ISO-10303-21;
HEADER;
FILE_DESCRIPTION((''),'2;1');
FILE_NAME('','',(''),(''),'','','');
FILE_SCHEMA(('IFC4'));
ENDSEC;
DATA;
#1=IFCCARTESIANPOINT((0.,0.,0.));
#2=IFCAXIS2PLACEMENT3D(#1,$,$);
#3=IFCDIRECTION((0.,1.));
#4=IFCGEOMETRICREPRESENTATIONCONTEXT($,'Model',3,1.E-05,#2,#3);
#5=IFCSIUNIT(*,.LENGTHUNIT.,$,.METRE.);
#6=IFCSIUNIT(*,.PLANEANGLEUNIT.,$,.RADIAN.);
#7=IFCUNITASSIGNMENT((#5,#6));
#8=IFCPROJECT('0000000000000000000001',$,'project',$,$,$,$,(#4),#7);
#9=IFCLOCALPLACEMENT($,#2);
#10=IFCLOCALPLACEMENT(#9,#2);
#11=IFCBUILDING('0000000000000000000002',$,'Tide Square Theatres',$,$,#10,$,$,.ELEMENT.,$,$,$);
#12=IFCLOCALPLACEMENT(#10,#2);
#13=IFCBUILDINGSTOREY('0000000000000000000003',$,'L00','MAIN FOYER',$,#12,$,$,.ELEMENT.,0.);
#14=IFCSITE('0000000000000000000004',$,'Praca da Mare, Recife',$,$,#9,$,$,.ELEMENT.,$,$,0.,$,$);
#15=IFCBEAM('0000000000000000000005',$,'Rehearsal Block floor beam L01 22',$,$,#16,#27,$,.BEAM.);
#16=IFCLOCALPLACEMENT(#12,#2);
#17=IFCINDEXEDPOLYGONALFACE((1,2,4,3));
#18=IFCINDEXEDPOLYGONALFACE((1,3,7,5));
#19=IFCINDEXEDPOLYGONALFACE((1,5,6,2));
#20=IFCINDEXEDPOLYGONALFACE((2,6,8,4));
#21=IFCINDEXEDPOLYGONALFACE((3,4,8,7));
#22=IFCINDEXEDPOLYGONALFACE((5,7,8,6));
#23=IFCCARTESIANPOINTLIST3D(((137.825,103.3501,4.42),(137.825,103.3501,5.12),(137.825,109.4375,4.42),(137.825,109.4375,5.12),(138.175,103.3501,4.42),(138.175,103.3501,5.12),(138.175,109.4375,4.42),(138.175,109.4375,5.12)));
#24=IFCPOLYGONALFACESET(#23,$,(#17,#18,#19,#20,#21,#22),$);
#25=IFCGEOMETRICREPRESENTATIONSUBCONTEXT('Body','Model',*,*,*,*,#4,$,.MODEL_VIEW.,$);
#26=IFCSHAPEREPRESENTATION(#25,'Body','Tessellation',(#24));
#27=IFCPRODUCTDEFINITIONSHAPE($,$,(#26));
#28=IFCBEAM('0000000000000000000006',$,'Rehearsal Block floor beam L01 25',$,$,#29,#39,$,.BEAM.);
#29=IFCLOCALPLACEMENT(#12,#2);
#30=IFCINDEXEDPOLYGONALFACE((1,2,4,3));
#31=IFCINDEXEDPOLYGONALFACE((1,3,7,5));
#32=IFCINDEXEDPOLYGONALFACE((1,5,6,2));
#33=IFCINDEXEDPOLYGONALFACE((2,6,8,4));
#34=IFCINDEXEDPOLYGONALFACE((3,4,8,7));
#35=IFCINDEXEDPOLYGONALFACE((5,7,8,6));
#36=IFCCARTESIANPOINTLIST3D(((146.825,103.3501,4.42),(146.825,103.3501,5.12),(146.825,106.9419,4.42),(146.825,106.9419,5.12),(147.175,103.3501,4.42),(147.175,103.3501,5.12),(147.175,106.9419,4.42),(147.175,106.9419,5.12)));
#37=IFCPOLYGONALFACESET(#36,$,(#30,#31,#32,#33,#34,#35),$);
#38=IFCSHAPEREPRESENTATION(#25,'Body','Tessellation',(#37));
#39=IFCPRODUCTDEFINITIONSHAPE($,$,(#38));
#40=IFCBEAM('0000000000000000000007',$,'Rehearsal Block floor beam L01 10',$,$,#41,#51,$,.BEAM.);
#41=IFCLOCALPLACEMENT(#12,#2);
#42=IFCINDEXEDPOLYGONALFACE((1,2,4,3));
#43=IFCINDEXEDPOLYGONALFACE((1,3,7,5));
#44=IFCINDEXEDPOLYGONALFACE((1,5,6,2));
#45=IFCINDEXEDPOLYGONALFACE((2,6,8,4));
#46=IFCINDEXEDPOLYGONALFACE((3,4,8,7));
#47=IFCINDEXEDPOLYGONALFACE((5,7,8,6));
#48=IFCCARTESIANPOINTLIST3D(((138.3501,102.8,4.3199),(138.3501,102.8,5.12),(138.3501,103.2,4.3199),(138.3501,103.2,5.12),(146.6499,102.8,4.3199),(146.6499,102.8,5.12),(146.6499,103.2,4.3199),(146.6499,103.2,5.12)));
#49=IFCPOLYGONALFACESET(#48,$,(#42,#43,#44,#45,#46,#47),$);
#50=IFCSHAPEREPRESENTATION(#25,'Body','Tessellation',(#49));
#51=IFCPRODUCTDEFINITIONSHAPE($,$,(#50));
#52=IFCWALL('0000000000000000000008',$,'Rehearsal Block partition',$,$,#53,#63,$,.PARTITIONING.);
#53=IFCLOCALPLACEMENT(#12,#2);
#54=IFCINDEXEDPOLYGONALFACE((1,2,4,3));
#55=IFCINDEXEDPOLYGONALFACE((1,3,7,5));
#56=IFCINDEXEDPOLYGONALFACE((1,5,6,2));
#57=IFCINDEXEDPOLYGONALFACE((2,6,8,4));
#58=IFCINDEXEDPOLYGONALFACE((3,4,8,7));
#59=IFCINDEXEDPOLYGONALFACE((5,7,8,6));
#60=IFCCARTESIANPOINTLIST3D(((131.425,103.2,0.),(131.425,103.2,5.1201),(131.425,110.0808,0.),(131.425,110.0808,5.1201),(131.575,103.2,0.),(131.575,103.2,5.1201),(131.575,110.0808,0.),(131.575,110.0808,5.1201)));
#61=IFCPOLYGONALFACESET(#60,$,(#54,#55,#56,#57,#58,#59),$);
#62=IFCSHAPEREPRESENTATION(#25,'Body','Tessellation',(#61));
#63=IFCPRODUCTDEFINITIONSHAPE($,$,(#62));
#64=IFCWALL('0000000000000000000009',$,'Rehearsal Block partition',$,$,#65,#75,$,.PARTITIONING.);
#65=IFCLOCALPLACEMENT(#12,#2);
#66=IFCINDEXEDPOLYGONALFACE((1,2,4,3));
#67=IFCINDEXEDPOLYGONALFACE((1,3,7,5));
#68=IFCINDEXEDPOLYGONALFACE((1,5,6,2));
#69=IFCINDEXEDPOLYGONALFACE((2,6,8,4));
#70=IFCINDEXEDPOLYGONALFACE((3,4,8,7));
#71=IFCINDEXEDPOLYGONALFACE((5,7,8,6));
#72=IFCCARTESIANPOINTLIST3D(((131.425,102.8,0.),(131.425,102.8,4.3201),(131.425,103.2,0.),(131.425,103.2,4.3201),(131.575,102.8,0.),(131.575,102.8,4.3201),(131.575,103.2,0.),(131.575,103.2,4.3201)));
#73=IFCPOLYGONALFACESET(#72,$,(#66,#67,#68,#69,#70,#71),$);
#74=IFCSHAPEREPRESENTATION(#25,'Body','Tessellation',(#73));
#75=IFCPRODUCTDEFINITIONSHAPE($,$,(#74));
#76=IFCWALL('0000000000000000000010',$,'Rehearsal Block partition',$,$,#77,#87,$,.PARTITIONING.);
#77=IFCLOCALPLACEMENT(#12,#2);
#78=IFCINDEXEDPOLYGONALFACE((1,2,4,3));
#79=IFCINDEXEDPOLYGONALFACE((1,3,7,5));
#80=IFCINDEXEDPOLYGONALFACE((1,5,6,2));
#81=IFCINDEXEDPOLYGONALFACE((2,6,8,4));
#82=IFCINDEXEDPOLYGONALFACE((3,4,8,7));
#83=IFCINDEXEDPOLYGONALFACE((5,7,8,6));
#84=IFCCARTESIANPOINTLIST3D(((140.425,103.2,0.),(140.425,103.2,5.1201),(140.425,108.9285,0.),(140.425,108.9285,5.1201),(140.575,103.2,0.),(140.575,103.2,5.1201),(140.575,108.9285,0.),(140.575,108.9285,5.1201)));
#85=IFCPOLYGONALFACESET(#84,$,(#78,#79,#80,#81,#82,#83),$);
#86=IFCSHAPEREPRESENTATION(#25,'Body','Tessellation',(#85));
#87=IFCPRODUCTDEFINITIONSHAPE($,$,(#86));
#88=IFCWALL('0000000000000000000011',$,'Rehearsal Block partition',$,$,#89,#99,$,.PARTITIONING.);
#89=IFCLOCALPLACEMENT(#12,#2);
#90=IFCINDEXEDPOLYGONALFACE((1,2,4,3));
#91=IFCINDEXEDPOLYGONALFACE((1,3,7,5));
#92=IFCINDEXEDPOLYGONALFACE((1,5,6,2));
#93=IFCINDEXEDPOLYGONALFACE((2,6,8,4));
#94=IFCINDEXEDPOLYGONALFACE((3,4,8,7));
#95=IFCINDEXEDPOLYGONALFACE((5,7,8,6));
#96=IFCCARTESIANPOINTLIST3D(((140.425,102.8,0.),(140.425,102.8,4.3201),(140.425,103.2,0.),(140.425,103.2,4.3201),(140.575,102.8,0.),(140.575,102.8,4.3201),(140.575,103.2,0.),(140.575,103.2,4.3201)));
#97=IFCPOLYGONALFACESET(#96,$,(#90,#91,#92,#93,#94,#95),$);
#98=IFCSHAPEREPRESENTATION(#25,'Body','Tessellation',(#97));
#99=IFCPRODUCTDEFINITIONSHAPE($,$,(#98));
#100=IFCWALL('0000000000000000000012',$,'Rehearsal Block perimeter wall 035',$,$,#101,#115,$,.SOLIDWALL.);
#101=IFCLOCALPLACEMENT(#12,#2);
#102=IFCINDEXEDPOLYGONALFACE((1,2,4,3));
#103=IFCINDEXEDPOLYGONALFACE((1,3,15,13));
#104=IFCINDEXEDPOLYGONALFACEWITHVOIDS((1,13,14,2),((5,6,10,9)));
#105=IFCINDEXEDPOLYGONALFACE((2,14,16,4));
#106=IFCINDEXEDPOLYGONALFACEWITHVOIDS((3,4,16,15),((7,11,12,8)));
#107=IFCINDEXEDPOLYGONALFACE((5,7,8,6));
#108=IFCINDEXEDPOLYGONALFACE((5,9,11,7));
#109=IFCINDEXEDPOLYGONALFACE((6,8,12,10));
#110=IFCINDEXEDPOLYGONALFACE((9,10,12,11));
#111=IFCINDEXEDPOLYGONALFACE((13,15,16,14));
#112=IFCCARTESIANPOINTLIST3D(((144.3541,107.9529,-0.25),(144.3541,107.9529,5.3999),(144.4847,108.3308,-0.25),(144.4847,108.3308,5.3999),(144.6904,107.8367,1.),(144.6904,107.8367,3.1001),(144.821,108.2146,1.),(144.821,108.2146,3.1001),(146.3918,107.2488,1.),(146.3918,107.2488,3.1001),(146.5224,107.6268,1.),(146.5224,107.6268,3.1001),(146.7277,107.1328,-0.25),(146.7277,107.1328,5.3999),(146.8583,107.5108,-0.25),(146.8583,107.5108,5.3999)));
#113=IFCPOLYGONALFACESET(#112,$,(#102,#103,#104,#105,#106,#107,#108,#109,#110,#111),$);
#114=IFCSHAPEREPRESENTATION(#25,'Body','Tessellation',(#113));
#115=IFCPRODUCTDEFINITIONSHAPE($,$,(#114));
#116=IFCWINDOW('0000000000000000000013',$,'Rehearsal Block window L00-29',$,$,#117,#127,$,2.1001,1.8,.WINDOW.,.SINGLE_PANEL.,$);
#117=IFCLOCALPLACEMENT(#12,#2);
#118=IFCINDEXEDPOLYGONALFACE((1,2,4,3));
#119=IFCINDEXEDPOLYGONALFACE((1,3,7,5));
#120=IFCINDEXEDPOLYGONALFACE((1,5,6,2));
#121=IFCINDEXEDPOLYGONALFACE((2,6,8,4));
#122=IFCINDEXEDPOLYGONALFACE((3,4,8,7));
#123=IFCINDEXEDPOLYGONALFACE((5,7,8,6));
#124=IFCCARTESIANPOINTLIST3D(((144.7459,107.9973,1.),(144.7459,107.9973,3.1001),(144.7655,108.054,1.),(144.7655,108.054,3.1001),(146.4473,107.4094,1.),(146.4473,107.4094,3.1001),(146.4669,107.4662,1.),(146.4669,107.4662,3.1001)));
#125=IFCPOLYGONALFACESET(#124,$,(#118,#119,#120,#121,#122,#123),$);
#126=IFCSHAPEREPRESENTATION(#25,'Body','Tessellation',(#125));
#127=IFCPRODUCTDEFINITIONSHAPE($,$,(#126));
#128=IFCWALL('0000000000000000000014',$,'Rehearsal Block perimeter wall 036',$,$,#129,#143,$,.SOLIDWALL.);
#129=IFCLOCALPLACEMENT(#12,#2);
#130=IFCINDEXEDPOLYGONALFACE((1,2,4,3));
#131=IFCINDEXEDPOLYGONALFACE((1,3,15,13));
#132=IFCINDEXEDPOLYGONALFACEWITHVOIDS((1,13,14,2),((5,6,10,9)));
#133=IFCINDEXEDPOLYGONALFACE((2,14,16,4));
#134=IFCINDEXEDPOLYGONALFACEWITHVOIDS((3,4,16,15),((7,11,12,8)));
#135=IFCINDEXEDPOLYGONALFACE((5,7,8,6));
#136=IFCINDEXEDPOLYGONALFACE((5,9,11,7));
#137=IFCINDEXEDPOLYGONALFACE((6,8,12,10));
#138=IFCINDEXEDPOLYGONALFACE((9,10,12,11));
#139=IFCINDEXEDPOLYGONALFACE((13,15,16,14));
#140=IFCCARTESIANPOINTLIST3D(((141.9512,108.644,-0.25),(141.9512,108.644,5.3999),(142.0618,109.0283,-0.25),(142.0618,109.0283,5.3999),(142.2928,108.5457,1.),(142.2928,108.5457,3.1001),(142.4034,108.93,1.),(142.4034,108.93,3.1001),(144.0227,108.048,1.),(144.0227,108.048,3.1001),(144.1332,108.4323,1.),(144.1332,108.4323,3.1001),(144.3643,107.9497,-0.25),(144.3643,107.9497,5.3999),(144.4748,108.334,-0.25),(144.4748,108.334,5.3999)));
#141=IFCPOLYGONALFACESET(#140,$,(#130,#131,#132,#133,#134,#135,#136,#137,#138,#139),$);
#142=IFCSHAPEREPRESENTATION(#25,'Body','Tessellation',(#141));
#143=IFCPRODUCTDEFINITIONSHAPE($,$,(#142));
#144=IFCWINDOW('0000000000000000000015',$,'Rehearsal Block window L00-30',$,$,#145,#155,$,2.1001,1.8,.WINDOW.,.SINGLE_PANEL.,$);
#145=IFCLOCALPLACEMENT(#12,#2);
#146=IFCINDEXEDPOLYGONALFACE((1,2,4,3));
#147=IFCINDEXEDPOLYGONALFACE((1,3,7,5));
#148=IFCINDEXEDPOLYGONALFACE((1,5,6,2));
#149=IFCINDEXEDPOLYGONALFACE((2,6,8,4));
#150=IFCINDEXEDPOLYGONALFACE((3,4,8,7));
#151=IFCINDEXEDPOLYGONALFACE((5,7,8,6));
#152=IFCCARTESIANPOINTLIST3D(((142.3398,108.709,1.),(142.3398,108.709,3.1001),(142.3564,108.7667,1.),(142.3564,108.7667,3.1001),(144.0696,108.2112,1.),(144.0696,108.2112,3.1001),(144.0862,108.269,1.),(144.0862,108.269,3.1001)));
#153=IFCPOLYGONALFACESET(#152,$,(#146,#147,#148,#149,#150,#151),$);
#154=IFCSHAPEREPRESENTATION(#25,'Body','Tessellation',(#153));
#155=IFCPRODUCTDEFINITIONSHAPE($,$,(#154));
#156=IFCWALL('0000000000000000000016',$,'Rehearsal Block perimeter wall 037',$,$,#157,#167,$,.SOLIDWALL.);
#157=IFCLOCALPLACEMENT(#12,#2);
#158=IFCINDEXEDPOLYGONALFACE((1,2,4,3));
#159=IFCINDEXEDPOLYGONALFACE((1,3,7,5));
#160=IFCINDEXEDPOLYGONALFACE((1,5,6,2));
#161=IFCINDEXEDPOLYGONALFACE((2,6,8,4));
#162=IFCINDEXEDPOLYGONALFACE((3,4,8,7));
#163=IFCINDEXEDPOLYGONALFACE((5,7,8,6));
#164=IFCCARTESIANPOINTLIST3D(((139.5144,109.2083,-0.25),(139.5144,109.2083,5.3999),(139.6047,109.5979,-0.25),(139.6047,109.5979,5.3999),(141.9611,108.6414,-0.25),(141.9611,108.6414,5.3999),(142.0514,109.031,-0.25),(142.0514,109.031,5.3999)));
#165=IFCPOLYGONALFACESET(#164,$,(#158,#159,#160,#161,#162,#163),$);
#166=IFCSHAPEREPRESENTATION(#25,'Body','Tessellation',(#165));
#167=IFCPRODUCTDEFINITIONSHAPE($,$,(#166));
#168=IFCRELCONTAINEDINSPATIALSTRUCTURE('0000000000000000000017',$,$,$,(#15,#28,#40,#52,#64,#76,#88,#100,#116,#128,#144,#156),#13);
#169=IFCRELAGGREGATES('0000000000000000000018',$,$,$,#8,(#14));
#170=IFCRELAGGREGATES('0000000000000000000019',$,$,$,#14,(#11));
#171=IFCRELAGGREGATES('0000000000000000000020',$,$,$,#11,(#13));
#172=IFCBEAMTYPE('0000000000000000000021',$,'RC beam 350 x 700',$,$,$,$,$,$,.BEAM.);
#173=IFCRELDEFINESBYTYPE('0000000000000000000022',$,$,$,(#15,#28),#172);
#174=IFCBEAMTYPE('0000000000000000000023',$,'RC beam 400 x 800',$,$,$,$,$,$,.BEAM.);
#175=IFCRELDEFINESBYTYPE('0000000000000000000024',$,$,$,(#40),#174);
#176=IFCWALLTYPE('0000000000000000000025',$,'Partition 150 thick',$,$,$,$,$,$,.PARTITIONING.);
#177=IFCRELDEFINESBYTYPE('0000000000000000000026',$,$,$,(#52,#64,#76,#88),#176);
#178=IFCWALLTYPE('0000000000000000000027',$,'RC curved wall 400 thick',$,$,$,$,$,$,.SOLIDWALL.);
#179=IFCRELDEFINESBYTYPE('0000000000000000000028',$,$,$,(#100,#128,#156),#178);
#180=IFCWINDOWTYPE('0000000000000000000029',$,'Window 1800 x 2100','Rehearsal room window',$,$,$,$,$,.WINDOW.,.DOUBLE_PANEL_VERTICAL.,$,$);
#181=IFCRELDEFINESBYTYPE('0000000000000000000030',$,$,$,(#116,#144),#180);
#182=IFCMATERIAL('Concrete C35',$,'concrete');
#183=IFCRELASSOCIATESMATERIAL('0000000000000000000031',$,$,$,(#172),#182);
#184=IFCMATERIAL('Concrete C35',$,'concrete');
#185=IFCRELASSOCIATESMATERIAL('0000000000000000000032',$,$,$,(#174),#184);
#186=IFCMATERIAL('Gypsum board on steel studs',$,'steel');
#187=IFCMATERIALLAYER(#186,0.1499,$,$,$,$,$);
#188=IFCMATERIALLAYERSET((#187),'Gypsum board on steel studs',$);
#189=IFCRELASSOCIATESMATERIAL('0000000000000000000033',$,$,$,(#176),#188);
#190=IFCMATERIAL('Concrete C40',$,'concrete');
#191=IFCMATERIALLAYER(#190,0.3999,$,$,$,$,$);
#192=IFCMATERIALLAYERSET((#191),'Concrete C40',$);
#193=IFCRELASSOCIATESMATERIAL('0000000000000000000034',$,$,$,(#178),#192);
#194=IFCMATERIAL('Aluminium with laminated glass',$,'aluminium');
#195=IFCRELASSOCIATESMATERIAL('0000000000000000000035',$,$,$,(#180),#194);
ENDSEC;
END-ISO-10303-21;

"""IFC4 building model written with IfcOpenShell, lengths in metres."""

from ifc_helpers import new_model, si_unit, direction, frame, frame_2d, origin, origin_2d, place, context, subcontext, project, spatial, rectangle, extrude, material, layer, layer_set, material_profile, profile_set, type_object, element, fill, save


model = new_model("IFC4")

# Units and contexts
model_context = context("Model", 3, precision=1e-05, world=origin(), true_north=direction((0.0, 1.0)))
body_context = subcontext(model_context, "Body", "Model", "MODEL_VIEW")
ifc_project = project(units=[si_unit("LENGTHUNIT", "METRE"), si_unit("PLANEANGLEUNIT", "RADIAN")], contexts=[model_context])

# Site, building, storey
site_placement = place(None, origin())
site = spatial("IfcSite", under=ifc_project, at=site_placement, Name="Praca da Mare, Recife", CompositionType="ELEMENT", RefElevation=0.0)
building_placement = place(site_placement, origin())
building = spatial("IfcBuilding", under=site, at=building_placement, Name="Tide Square Theatres", CompositionType="ELEMENT")
storey_placement = place(building_placement, origin())
storey = spatial("IfcBuildingStorey", under=building, at=storey_placement, Name="L00", Description="MAIN FOYER", CompositionType="ELEMENT", Elevation=0.0)

# Beams
ifc_material_1 = material(Name="Concrete C35", Category="concrete")
ifc_material_profile_1 = material_profile(ifc_material_1, rectangle(XDim=0.3501, YDim=0.7, at=origin_2d()))
ifc_profile_set_1 = profile_set([ifc_material_profile_1], Name="Concrete C35")
beam_type_1 = type_object("IfcBeamType", Name="RC beam 350 x 700", PredefinedType="BEAM", material=ifc_profile_set_1)
beam_1_placement = place(storey_placement, frame((138.0, 103.3501, 4.77), z_axis=(0.0, 1.0, 0.0), x_axis=(-1.0, 0.0, 0.0)))
element("IfcBeam", 1, at=beam_1_placement, inside=storey, type_object=beam_type_1, Name="Rehearsal Block floor beam L01 22", PredefinedType="BEAM", context=body_context, shape_type="SweptSolid", body=[
    extrude(rectangle(XDim=0.3501, YDim=0.7, at=origin_2d()), origin(), (0.0, 0.0, 1.0), 6.0874),
])
beam_2_placement = place(storey_placement, frame((147.0, 103.3501, 4.77), z_axis=(0.0, 1.0, 0.0), x_axis=(-1.0, 0.0, 0.0)))
element("IfcBeam", 2, at=beam_2_placement, inside=storey, type_object=beam_type_1, Name="Rehearsal Block floor beam L01 25", PredefinedType="BEAM", context=body_context, shape_type="SweptSolid", body=[
    extrude(rectangle(XDim=0.3501, YDim=0.7, at=origin_2d()), origin(), (0.0, 0.0, 1.0), 3.5918),
])
ifc_material_2 = material(Name="Concrete C35", Category="concrete")
ifc_material_profile_2 = material_profile(ifc_material_2, rectangle(XDim=0.3999, YDim=0.8, at=origin_2d()))
ifc_profile_set_2 = profile_set([ifc_material_profile_2], Name="Concrete C35")
beam_type_2 = type_object("IfcBeamType", Name="RC beam 400 x 800", PredefinedType="BEAM", material=ifc_profile_set_2)
beam_3_placement = place(storey_placement, frame((138.3501, 103.0, 4.72), z_axis=(1.0, 0.0, 0.0), x_axis=(0.0, 1.0, 0.0)))
element("IfcBeam", 3, at=beam_3_placement, inside=storey, type_object=beam_type_2, Name="Rehearsal Block floor beam L01 10", PredefinedType="BEAM", context=body_context, shape_type="SweptSolid", body=[
    extrude(rectangle(XDim=0.3999, YDim=0.8, at=origin_2d()), origin(), (0.0, 0.0, 1.0), 8.2998),
])

# Walls
ifc_material_3 = material(Name="Gypsum board on steel studs", Category="steel")
ifc_layer_1 = layer(ifc_material_3, 0.1499)
ifc_layer_set_1 = layer_set([ifc_layer_1], Name="Gypsum board on steel studs")
wall_type_1 = type_object("IfcWallType", Name="Partition 150 thick", PredefinedType="PARTITIONING", material=ifc_layer_set_1)
wall_1_placement = place(storey_placement, frame((131.5, 110.0808, 0.0), z_axis=(0.0, 0.0, 1.0), x_axis=(0.0, -1.0, 0.0)))
element("IfcWall", 4, at=wall_1_placement, inside=storey, type_object=wall_type_1, Name="Rehearsal Block partition", PredefinedType="PARTITIONING", context=body_context, shape_type="SweptSolid", body=[
    extrude(rectangle(XDim=6.8809, YDim=0.1499, at=frame_2d((3.4404, 0.0))), origin(), (0.0, 0.0, 1.0), 5.1201),
])
wall_2_placement = place(storey_placement, frame((131.5, 103.2, 0.0), z_axis=(0.0, 0.0, 1.0), x_axis=(0.0, -1.0, 0.0)))
element("IfcWall", 5, at=wall_2_placement, inside=storey, type_object=wall_type_1, Name="Rehearsal Block partition", PredefinedType="PARTITIONING", context=body_context, shape_type="SweptSolid", body=[
    extrude(rectangle(XDim=0.3999, YDim=0.1499, at=frame_2d((0.2, 0.0))), origin(), (0.0, 0.0, 1.0), 4.3201),
])
wall_3_placement = place(storey_placement, frame((140.5, 108.9285, 0.0), z_axis=(0.0, 0.0, 1.0), x_axis=(0.0, -1.0, 0.0)))
element("IfcWall", 6, at=wall_3_placement, inside=storey, type_object=wall_type_1, Name="Rehearsal Block partition", PredefinedType="PARTITIONING", context=body_context, shape_type="SweptSolid", body=[
    extrude(rectangle(XDim=5.7285, YDim=0.1499, at=frame_2d((2.8643, 0.0))), origin(), (0.0, 0.0, 1.0), 5.1201),
])
wall_4_placement = place(storey_placement, frame((140.5, 103.2, 0.0), z_axis=(0.0, 0.0, 1.0), x_axis=(0.0, -1.0, 0.0)))
element("IfcWall", 7, at=wall_4_placement, inside=storey, type_object=wall_type_1, Name="Rehearsal Block partition", PredefinedType="PARTITIONING", context=body_context, shape_type="SweptSolid", body=[
    extrude(rectangle(XDim=0.3999, YDim=0.1499, at=frame_2d((0.2, 0.0))), origin(), (0.0, 0.0, 1.0), 4.3201),
])

# Walls, openings, windows
ifc_material_4 = material(Name="Concrete C40", Category="concrete")
ifc_layer_2 = layer(ifc_material_4, 0.3999)
ifc_layer_set_2 = layer_set([ifc_layer_2], Name="Concrete C40")
wall_type_2 = type_object("IfcWallType", Name="RC curved wall 400 thick", PredefinedType="SOLIDWALL", material=ifc_layer_set_2)
wall_5_placement = place(storey_placement, frame((146.793, 107.3218, -0.25), z_axis=(0.0, 0.0, 1.0), x_axis=(-0.945175, 0.326563, 0.0)))
wall_5 = element("IfcWall", 8, at=wall_5_placement, inside=storey, type_object=wall_type_2, Name="Rehearsal Block perimeter wall 035", PredefinedType="SOLIDWALL", context=body_context, shape_type="SweptSolid", body=[
    extrude(rectangle(XDim=2.5112, YDim=0.3999, at=frame_2d((1.2556, 0.0))), origin(), (0.0, 0.0, 1.0), 5.6499),
])
opening_1_placement = place(wall_5_placement, frame((0.3555, 0.0, 1.25)))
opening_1 = element("IfcOpeningElement", 9, at=opening_1_placement, cuts=wall_5, PredefinedType="OPENING", context=body_context, shape_type="SweptSolid", body=[
    extrude(rectangle(XDim=1.8, YDim=2.1001, at=frame_2d((0.8999, 1.05))), frame((0.0, 0.21, 0.0), z_axis=(0.0, -1.0, 0.0), x_axis=(1.0, 0.0, 0.0)), (0.0, 0.0, 1.0), 0.4199),
])
ifc_material_5 = material(Name="Aluminium with laminated glass", Category="aluminium")
window_type = type_object("IfcWindowType", Name="Window 1800 x 2100", Description="Rehearsal room window", PartitioningType="DOUBLE_PANEL_VERTICAL", PredefinedType="WINDOW", material=ifc_material_5)
window_1_placement = place(opening_1_placement, origin())
window_1 = element("IfcWindow", 10, at=window_1_placement, inside=storey, type_object=window_type, Name="Rehearsal Block window L00-29", OverallHeight=2.1001, OverallWidth=1.8, PartitioningType="SINGLE_PANEL", PredefinedType="WINDOW", context=body_context, shape_type="SweptSolid", body=[
    extrude(rectangle(XDim=1.8, YDim=2.1001, at=frame_2d((0.8999, 1.05))), frame((0.0, 0.03, 0.0), z_axis=(0.0, -1.0, 0.0), x_axis=(1.0, 0.0, 0.0)), (0.0, 0.0, 1.0), 0.0601),
])
fill(opening_1, window_1)
wall_6_placement = place(storey_placement, frame((144.4194, 108.1418, -0.25), z_axis=(0.0, 0.0, 1.0), x_axis=(-0.961009, 0.276518, 0.0)))
wall_6 = element("IfcWall", 11, at=wall_6_placement, inside=storey, type_object=wall_type_2, Name="Rehearsal Block perimeter wall 036", PredefinedType="SOLIDWALL", context=body_context, shape_type="SweptSolid", body=[
    extrude(rectangle(XDim=2.511, YDim=0.3999, at=frame_2d((1.2554, 0.0))), origin(), (0.0, 0.0, 1.0), 5.6499),
])
opening_2_placement = place(wall_6_placement, frame((0.3555, 0.0, 1.25)))
opening_2 = element("IfcOpeningElement", 12, at=opening_2_placement, cuts=wall_6, PredefinedType="OPENING", context=body_context, shape_type="SweptSolid", body=[
    extrude(rectangle(XDim=1.8, YDim=2.1001, at=frame_2d((0.8999, 1.05))), frame((0.0, 0.21, 0.0), z_axis=(0.0, -1.0, 0.0), x_axis=(1.0, 0.0, 0.0)), (0.0, 0.0, 1.0), 0.4199),
])
window_2_placement = place(opening_2_placement, origin())
window_2 = element("IfcWindow", 13, at=window_2_placement, inside=storey, type_object=window_type, Name="Rehearsal Block window L00-30", OverallHeight=2.1001, OverallWidth=1.8, PartitioningType="SINGLE_PANEL", PredefinedType="WINDOW", context=body_context, shape_type="SweptSolid", body=[
    extrude(rectangle(XDim=1.8, YDim=2.1001, at=frame_2d((0.8999, 1.05))), frame((0.0, 0.03, 0.0), z_axis=(0.0, -1.0, 0.0), x_axis=(1.0, 0.0, 0.0)), (0.0, 0.0, 1.0), 0.0601),
])
fill(opening_2, window_2)

# Wall
wall_7_placement = place(storey_placement, frame((142.0063, 108.8362, -0.25), z_axis=(0.0, 0.0, 1.0), x_axis=(-0.974189, 0.225733, 0.0)))
element("IfcWall", 14, at=wall_7_placement, inside=storey, type_object=wall_type_2, Name="Rehearsal Block perimeter wall 037", PredefinedType="SOLIDWALL", context=body_context, shape_type="SweptSolid", body=[
    extrude(rectangle(XDim=2.5115, YDim=0.3999, at=frame_2d((1.2559, 0.0))), origin(), (0.0, 0.0, 1.0), 5.6499),
])

save(model, "model.ifc")
